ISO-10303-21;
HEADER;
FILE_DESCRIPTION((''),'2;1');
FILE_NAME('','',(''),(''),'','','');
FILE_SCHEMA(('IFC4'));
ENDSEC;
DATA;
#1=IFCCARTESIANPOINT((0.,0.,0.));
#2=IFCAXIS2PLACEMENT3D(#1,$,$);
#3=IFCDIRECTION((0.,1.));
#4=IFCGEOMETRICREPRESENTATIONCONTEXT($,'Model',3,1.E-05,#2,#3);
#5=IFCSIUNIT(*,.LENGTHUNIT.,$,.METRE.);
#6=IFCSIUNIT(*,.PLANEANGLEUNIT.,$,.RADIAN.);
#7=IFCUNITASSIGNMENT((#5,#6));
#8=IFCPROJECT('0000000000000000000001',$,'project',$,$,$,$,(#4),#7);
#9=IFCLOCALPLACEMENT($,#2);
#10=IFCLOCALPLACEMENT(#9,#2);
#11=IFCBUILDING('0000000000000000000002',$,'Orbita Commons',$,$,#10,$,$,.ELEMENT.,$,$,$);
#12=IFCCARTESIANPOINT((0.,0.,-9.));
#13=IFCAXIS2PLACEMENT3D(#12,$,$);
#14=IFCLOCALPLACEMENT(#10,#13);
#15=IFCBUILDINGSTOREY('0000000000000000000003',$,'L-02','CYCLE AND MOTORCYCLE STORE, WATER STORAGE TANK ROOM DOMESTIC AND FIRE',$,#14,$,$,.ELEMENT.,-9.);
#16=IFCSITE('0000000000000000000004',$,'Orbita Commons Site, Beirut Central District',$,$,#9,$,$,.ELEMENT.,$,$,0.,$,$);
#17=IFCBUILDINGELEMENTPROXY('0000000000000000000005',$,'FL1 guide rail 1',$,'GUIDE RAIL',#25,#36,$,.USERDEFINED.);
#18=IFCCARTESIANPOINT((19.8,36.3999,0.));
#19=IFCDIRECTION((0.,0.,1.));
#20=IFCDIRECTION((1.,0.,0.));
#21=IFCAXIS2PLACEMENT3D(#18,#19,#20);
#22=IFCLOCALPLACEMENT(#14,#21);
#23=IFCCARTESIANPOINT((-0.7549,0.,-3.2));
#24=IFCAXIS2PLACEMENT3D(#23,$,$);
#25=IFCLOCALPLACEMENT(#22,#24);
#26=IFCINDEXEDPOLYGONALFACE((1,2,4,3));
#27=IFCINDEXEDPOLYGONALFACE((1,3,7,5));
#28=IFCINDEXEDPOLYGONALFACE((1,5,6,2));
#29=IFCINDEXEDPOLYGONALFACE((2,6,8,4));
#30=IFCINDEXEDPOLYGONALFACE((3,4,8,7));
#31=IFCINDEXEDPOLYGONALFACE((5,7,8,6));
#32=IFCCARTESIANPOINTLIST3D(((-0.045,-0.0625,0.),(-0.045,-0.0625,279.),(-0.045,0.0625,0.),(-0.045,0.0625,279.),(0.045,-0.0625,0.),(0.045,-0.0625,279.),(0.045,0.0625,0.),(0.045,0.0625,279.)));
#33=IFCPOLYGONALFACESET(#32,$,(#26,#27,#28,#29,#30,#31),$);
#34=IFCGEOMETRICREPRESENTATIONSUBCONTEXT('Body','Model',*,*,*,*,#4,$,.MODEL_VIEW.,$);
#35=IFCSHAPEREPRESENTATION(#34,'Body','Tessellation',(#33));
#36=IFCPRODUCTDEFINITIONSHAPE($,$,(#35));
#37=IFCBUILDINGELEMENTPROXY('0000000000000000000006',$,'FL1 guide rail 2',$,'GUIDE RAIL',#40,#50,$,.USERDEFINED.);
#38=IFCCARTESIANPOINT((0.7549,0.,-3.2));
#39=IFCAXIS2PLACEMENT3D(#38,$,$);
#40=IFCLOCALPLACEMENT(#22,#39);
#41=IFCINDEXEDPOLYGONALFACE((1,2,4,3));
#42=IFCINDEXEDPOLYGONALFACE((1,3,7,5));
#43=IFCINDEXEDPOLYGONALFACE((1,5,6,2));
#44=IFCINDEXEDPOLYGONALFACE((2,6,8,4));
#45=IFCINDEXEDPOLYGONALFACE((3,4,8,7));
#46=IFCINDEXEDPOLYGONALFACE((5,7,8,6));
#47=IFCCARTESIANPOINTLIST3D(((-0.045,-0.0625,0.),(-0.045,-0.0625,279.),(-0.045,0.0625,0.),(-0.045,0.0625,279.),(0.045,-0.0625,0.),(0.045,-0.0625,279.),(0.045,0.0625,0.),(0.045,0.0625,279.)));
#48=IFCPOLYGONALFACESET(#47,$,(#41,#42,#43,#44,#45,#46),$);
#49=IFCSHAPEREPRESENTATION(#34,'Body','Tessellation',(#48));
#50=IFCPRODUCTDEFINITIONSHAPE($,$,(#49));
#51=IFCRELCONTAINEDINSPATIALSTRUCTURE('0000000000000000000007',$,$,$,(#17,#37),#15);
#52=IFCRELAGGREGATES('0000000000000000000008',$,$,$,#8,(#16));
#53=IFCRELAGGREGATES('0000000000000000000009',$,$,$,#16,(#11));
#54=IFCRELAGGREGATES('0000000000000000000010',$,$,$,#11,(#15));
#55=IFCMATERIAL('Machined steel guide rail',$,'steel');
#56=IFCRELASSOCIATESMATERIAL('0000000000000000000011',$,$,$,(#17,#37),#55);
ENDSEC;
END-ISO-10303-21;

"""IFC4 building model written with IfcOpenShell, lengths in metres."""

from ifc_helpers import new_model, si_unit, direction, frame, origin, origin_2d, place, context, subcontext, project, spatial, rectangle, extrude, material, element, save


model = new_model("IFC4")

# Units and contexts
model_context = context("Model", 3, precision=1e-05, world=origin(), true_north=direction((0.0, 1.0)))
body_context = subcontext(model_context, "Body", "Model", "MODEL_VIEW")
ifc_project = project(units=[si_unit("LENGTHUNIT", "METRE"), si_unit("PLANEANGLEUNIT", "RADIAN")], contexts=[model_context])

# Site, building, storey
site_placement = place(None, origin())
site = spatial("IfcSite", under=ifc_project, at=site_placement, Name="Orbita Commons Site, Beirut Central District", CompositionType="ELEMENT", RefElevation=0.0)
building_placement = place(site_placement, origin())
building = spatial("IfcBuilding", under=site, at=building_placement, Name="Orbita Commons", CompositionType="ELEMENT")
storey_placement = place(building_placement, frame((0.0, 0.0, -9.0)))
storey = spatial("IfcBuildingStorey", under=building, at=storey_placement, Name="L-02", Description="CYCLE AND MOTORCYCLE STORE, WATER STORAGE TANK ROOM DOMESTIC AND FIRE", CompositionType="ELEMENT", Elevation=-9.0)

# Shared definitions
transport_element_placement = place(storey_placement, frame((19.8, 36.3999, 0.0), z_axis=(0.0, 0.0, 1.0), x_axis=(1.0, 0.0, 0.0)))

# Building element proxies
ifc_material_1 = material(Name="Machined steel guide rail", Category="steel")
for number, where, name in (
    (1, (-0.7549, 0.0, -3.2), "FL1 guide rail 1"),
    (2, (0.7549, 0.0, -3.2), "FL1 guide rail 2"),
):
    element("IfcBuildingElementProxy", number, at=place(transport_element_placement, frame(where)), inside=storey, material=ifc_material_1, Name=name, ObjectType="GUIDE RAIL", PredefinedType="USERDEFINED", context=body_context, shape_type="SweptSolid", body=[
        extrude(rectangle(XDim=0.09, YDim=0.125, at=origin_2d()), origin(), (0.0, 0.0, 1.0), 279.0),
    ])

save(model, "model.ifc")
